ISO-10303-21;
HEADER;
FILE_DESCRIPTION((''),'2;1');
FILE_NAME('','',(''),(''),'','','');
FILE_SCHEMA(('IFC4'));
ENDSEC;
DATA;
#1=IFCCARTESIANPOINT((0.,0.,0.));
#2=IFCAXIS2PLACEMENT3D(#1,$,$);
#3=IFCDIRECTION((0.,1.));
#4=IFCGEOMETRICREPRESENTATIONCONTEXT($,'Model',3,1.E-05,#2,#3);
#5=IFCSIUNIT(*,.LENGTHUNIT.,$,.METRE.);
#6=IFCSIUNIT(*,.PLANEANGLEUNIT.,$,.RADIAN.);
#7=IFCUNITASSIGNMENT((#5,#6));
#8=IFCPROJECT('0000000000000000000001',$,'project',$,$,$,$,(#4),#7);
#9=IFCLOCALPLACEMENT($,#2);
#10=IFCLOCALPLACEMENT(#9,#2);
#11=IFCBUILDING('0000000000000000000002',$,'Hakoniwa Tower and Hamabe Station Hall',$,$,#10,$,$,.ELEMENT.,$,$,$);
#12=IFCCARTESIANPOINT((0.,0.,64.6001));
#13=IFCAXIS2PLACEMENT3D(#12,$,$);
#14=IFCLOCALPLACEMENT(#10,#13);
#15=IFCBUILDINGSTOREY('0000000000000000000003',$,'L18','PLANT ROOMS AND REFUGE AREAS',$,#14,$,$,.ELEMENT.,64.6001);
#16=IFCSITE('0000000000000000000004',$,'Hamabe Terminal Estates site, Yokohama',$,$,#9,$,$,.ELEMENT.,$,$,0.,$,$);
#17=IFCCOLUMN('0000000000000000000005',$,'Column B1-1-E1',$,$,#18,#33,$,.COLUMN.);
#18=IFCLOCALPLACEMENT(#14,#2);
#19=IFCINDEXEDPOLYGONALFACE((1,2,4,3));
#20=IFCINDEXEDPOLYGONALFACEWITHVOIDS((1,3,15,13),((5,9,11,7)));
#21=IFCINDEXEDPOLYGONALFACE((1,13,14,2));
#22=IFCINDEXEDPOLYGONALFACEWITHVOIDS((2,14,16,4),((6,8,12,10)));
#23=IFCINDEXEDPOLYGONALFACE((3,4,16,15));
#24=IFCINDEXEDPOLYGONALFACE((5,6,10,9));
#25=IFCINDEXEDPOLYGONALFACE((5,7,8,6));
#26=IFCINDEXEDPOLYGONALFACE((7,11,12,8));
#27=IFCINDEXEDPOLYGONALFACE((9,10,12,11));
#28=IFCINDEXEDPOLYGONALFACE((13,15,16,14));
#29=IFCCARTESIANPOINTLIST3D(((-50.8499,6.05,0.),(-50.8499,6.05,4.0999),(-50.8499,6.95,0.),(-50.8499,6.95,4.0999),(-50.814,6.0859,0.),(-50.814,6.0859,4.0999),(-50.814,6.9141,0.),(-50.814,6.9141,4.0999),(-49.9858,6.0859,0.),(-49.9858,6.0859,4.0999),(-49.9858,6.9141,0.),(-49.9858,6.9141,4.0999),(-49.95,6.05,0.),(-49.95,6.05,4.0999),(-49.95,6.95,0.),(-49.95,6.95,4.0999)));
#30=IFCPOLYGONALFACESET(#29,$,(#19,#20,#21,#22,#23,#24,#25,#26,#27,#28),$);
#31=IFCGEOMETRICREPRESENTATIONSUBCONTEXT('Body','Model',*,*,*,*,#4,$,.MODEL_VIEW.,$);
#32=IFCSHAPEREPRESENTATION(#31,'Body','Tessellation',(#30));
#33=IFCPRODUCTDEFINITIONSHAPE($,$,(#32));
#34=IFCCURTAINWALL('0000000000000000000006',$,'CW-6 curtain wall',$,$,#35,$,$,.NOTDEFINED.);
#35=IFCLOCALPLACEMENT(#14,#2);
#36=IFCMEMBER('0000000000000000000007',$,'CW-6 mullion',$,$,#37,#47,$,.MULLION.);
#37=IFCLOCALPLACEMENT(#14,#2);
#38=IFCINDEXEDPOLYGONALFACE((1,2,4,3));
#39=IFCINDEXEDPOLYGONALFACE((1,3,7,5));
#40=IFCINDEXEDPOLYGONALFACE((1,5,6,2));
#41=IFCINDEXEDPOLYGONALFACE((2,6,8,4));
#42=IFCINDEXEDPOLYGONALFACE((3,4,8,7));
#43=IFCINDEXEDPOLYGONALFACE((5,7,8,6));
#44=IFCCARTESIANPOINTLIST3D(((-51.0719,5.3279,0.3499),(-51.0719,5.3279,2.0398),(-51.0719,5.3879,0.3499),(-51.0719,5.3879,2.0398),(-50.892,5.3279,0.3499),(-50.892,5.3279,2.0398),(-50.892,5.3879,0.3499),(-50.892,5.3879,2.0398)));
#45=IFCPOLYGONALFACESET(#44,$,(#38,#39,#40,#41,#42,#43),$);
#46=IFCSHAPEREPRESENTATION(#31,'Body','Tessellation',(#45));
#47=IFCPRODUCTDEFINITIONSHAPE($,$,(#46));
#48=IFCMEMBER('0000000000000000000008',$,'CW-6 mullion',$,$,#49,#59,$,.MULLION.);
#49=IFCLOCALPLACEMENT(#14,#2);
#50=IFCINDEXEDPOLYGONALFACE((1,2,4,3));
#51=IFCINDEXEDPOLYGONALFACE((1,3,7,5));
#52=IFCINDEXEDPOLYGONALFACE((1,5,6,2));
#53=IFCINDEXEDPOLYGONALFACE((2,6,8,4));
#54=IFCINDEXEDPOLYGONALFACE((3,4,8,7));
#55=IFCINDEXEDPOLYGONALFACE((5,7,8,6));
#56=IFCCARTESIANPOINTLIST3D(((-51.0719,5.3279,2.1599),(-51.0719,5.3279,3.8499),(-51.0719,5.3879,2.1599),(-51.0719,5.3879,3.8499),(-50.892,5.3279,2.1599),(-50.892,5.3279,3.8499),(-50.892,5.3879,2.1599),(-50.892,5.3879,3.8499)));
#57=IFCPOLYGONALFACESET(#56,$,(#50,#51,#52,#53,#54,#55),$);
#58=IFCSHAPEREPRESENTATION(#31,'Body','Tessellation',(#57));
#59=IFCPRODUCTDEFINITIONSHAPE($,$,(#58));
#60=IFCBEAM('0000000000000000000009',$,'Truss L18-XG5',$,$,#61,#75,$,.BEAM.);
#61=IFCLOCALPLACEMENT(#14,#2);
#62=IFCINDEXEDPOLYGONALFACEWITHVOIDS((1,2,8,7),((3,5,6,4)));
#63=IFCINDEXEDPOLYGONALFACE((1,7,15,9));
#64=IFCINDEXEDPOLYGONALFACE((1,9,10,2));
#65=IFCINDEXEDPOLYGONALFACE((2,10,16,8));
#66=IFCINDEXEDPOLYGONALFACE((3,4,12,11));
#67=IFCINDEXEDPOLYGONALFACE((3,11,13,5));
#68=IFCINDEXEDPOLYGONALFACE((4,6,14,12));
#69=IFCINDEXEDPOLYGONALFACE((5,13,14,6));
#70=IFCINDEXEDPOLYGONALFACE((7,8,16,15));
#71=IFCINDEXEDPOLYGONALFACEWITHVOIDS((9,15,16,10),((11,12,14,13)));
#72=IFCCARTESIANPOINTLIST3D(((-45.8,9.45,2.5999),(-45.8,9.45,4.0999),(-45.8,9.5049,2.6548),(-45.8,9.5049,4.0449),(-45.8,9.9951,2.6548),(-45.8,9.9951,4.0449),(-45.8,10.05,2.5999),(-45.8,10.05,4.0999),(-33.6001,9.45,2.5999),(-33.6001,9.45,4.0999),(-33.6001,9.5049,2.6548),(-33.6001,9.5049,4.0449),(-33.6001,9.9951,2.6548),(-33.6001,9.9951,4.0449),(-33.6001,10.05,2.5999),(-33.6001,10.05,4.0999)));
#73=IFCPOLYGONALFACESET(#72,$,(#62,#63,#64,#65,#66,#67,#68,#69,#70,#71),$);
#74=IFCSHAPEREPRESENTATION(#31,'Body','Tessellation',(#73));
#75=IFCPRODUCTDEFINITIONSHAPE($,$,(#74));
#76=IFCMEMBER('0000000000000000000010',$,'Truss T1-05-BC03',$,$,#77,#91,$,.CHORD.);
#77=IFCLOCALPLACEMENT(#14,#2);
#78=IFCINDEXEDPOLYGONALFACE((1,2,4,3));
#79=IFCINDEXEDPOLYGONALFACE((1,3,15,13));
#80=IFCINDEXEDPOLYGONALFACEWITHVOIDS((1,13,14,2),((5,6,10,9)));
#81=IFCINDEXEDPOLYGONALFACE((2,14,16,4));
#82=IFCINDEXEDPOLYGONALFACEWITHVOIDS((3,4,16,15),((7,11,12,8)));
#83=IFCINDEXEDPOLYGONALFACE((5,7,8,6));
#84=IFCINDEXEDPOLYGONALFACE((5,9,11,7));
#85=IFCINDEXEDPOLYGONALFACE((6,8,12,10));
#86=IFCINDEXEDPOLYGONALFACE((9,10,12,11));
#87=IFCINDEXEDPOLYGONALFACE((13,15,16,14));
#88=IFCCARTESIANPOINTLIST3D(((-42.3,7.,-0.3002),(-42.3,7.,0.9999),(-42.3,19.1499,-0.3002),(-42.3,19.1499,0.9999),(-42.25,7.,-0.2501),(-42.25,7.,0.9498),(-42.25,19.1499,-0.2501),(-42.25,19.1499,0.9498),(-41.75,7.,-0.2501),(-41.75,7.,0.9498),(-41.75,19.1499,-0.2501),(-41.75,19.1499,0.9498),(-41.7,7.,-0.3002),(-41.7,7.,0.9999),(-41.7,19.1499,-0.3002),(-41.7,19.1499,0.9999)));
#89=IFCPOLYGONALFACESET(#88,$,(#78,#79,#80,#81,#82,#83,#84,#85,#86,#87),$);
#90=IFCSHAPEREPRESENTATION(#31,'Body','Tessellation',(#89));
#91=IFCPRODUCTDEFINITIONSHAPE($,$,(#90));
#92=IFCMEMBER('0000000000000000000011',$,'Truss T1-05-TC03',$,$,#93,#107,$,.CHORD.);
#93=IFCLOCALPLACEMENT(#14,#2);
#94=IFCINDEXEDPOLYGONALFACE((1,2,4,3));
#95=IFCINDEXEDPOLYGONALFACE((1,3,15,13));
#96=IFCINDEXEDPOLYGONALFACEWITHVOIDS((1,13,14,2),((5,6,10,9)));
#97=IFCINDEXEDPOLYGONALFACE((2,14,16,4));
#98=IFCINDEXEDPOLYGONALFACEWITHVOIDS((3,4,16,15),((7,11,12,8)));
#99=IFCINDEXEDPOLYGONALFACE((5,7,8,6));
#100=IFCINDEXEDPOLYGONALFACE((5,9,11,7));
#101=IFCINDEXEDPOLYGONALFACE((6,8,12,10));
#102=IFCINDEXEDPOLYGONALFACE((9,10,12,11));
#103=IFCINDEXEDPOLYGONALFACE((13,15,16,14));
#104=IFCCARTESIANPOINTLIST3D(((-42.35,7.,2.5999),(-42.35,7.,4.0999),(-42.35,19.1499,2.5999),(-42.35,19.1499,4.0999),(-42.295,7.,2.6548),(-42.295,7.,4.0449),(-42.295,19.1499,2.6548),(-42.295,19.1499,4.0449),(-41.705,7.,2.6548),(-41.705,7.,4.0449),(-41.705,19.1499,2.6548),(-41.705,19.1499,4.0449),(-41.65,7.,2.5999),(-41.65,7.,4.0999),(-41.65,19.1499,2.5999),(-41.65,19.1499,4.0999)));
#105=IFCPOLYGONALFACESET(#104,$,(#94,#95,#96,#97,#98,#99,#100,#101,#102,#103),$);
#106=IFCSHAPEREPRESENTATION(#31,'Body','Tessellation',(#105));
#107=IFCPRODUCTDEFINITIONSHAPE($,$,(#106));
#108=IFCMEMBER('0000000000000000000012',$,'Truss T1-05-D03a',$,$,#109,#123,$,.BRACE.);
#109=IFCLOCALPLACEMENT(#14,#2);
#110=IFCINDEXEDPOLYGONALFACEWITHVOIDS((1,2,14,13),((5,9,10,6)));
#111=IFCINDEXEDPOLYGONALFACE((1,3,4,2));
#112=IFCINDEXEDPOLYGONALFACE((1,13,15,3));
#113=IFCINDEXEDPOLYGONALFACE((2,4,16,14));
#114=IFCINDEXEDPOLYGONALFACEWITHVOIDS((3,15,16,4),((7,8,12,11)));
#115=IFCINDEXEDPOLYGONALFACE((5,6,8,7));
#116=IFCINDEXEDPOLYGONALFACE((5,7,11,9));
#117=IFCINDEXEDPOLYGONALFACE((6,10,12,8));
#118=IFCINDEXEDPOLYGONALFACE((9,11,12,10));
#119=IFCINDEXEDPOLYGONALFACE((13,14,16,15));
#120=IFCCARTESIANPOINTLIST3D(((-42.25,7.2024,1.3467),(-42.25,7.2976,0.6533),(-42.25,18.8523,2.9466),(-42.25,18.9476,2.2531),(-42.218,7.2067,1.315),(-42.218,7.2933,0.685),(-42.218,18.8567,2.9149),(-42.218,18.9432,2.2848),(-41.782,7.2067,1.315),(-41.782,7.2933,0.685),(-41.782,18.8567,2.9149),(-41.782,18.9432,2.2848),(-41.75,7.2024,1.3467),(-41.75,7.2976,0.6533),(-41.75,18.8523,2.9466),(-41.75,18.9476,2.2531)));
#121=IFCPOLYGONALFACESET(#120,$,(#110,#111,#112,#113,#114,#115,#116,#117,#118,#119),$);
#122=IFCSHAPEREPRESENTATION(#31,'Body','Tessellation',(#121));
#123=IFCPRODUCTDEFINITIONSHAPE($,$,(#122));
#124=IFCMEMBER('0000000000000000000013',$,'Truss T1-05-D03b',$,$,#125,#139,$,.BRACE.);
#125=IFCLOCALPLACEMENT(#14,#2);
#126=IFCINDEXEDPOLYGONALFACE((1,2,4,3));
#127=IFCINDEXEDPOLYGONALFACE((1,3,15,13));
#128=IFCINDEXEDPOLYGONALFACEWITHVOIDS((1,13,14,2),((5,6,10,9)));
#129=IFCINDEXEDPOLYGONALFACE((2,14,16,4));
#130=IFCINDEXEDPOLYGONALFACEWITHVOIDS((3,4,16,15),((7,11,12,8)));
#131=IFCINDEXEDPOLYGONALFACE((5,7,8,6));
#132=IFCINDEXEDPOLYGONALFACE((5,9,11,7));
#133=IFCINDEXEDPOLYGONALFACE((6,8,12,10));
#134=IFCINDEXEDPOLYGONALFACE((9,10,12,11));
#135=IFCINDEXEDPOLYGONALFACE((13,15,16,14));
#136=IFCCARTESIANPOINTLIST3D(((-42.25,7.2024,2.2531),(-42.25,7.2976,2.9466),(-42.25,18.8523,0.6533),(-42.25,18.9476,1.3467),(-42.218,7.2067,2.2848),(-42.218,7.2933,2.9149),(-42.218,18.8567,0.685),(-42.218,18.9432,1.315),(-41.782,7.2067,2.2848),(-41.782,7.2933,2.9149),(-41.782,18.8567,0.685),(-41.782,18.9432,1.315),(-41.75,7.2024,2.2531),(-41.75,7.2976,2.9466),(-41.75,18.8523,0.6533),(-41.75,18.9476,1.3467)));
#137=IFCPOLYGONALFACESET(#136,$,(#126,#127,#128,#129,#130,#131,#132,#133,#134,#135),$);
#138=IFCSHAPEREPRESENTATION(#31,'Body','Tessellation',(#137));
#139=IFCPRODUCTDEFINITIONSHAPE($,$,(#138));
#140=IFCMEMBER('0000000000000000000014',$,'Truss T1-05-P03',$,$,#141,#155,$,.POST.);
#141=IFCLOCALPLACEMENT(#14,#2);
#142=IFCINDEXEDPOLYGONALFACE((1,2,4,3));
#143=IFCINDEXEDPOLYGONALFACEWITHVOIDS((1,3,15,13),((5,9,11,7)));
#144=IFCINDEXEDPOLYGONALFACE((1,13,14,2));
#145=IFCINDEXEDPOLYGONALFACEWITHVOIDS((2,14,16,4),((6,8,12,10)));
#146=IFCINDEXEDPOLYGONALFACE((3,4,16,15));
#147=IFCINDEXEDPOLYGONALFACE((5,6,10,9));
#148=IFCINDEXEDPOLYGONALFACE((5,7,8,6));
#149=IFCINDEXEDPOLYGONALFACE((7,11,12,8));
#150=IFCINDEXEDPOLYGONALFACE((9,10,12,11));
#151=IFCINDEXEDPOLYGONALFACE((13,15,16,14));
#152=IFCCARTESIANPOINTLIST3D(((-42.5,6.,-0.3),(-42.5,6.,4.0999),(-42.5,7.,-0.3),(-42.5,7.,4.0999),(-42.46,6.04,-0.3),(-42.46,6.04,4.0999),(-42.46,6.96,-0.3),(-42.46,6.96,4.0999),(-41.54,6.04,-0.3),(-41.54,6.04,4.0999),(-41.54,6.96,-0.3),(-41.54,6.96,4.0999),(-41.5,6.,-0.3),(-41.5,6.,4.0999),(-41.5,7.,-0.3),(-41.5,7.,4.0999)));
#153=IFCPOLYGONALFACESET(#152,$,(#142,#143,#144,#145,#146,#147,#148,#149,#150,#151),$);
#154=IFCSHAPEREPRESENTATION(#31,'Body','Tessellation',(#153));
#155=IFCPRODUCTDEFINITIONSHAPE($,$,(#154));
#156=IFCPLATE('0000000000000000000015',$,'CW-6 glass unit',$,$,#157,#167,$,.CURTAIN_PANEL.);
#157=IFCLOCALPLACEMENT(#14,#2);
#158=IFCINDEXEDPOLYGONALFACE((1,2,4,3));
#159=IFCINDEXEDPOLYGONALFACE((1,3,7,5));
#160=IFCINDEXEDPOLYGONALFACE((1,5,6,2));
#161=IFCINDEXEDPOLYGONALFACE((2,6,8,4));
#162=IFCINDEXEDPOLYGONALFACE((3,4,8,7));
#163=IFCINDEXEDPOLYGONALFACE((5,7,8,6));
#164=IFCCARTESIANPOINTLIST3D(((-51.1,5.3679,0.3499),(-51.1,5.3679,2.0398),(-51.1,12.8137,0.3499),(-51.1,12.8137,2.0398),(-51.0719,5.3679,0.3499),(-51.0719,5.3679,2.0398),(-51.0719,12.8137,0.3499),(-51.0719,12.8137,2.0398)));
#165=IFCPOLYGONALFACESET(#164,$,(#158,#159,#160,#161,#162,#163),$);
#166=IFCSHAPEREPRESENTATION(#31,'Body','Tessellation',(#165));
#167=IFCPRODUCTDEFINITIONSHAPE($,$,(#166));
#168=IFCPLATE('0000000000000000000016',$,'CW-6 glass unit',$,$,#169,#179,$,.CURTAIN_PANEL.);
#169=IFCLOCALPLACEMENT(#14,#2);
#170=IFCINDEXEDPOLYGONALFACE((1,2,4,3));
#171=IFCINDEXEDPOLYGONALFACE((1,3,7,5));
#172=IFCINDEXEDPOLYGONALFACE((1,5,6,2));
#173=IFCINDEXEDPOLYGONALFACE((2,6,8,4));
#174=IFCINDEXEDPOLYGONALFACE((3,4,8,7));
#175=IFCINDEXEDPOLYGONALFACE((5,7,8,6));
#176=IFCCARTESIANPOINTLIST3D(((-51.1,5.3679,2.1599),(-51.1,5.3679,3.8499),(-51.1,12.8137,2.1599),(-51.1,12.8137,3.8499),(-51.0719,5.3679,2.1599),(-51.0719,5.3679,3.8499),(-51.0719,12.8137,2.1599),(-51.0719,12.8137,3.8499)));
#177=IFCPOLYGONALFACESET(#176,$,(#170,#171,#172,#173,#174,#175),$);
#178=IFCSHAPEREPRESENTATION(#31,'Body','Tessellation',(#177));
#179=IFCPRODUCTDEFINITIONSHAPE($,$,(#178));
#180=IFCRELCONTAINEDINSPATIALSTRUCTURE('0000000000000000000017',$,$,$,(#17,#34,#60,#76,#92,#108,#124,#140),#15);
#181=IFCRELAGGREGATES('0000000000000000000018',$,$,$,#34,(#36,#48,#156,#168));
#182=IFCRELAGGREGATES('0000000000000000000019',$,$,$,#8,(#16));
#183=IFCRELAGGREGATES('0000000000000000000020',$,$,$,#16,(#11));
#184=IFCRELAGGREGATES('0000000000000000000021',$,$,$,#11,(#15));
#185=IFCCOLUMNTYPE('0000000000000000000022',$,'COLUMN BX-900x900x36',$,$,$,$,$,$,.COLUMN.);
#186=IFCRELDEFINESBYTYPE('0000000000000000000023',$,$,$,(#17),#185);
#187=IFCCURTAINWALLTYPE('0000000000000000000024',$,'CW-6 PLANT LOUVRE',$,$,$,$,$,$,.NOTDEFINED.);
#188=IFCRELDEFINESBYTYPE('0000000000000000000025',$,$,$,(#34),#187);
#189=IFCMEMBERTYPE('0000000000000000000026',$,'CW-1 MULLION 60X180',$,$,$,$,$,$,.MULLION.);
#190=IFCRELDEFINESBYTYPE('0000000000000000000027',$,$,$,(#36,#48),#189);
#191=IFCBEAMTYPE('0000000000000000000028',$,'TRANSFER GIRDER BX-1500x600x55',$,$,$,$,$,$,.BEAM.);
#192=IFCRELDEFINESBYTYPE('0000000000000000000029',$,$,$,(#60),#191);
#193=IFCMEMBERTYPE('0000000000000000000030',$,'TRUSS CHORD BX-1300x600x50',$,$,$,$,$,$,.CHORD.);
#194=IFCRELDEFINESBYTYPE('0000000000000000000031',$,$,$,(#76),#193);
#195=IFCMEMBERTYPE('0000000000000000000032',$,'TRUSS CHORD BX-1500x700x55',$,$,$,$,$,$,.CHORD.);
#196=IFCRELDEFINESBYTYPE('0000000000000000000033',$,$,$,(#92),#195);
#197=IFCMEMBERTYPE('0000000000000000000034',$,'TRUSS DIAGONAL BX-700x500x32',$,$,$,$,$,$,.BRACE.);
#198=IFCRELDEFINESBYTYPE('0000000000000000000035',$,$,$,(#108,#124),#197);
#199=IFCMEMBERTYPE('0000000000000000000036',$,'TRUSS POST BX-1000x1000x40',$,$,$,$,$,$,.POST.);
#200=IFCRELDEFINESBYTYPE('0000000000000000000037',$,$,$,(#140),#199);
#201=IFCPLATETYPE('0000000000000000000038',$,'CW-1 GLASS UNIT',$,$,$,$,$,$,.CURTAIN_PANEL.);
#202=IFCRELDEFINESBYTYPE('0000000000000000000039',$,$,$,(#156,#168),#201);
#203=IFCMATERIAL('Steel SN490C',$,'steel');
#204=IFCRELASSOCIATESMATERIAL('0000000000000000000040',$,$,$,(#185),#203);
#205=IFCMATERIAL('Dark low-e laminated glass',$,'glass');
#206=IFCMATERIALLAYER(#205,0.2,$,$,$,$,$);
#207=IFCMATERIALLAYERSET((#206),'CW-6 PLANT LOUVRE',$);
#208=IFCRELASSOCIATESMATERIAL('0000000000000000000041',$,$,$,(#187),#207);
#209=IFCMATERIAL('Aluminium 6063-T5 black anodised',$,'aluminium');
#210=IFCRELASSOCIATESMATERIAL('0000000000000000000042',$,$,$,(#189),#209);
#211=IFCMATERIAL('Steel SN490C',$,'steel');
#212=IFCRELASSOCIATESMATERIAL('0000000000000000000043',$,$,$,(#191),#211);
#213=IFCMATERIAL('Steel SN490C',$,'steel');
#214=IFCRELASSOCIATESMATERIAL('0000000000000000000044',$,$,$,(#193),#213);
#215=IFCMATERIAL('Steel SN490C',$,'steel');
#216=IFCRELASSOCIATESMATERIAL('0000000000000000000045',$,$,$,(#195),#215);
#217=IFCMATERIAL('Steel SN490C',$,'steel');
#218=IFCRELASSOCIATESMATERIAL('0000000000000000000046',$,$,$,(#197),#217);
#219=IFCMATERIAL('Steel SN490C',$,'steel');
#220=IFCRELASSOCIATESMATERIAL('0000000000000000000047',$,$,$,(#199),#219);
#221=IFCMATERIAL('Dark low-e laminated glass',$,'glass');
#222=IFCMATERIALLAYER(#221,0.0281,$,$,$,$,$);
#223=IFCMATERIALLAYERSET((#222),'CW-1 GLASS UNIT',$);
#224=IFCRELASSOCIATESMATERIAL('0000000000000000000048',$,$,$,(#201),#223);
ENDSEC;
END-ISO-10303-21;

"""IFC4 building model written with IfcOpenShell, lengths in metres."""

from ifc_helpers import new_model, si_unit, direction, frame, origin, origin_2d, place, context, subcontext, project, spatial, rectangle, hollow_rectangle, extrude, material, layer, layer_set, material_profile, profile_set, type_object, element, aggregate, save


model = new_model("IFC4")

# Units and contexts
model_context = context("Model", 3, precision=1e-05, world=origin(), true_north=direction((0.0, 1.0)))
body_context = subcontext(model_context, "Body", "Model", "MODEL_VIEW")
ifc_project = project(units=[si_unit("LENGTHUNIT", "METRE"), si_unit("PLANEANGLEUNIT", "RADIAN")], contexts=[model_context])

# Site, building, storey
site_placement = place(None, origin())
site = spatial("IfcSite", under=ifc_project, at=site_placement, Name="Hamabe Terminal Estates site, Yokohama", CompositionType="ELEMENT", RefElevation=0.0)
building_placement = place(site_placement, origin())
building = spatial("IfcBuilding", under=site, at=building_placement, Name="Hakoniwa Tower and Hamabe Station Hall", CompositionType="ELEMENT")
storey_placement = place(building_placement, frame((0.0, 0.0, 64.6001)))
storey = spatial("IfcBuildingStorey", under=building, at=storey_placement, Name="L18", Description="PLANT ROOMS AND REFUGE AREAS", CompositionType="ELEMENT", Elevation=64.6001)

# Column
ifc_material_1 = material(Name="Steel SN490C", Category="steel")
ifc_material_profile_1 = material_profile(ifc_material_1, hollow_rectangle(XDim=0.8999, YDim=0.8999, WallThickness=0.0359, at=origin_2d()), Name="BX-900x900x36")
ifc_profile_set_1 = profile_set([ifc_material_profile_1], Name="Steel SN490C")
column_type = type_object("IfcColumnType", Name="COLUMN BX-900x900x36", PredefinedType="COLUMN", material=ifc_profile_set_1)
column_placement = place(storey_placement, frame((-50.3999, 6.5, 0.0), z_axis=(0.0, 0.0, 1.0), x_axis=(1.0, 0.0, 0.0)))
element("IfcColumn", 1, at=column_placement, inside=storey, type_object=column_type, Name="Column B1-1-E1", PredefinedType="COLUMN", context=body_context, shape_type="SweptSolid", body=[
    extrude(hollow_rectangle(XDim=0.8999, YDim=0.8999, WallThickness=0.0359, at=origin_2d()), origin(), (0.0, 0.0, 1.0), 4.0999),
])

# Curtain wall, members
ifc_material_2 = material(Name="Dark low-e laminated glass", Category="glass")
ifc_layer_1 = layer(ifc_material_2, 0.2)
ifc_layer_set_1 = layer_set([ifc_layer_1], Name="CW-6 PLANT LOUVRE")
curtain_wall_type = type_object("IfcCurtainWallType", Name="CW-6 PLANT LOUVRE", PredefinedType="NOTDEFINED", material=ifc_layer_set_1)
curtain_wall_placement = place(storey_placement, origin())
curtain_wall = element("IfcCurtainWall", 2, at=curtain_wall_placement, inside=storey, type_object=curtain_wall_type, Name="CW-6 curtain wall", PredefinedType="NOTDEFINED")
ifc_material_3 = material(Name="Aluminium 6063-T5 black anodised", Category="aluminium")
ifc_material_profile_2 = material_profile(ifc_material_3, rectangle(XDim=0.0601, YDim=0.1799, at=origin_2d()), Name="CW-1 MULLION 60X180")
ifc_profile_set_2 = profile_set([ifc_material_profile_2], Name="Aluminium 6063-T5 black anodised")
member_type_1 = type_object("IfcMemberType", Name="CW-1 MULLION 60X180", PredefinedType="MULLION", material=ifc_profile_set_2)
member_1_placement = place(storey_placement, frame((-50.9819, 5.3579, 0.3499), z_axis=(0.0, 0.0, 1.0), x_axis=(0.0, -1.0, 0.0)))
member_1 = element("IfcMember", 3, at=member_1_placement, type_object=member_type_1, Name="CW-6 mullion", PredefinedType="MULLION", context=body_context, shape_type="SweptSolid", body=[
    extrude(rectangle(XDim=0.0601, YDim=0.1799, at=origin_2d()), origin(), (0.0, 0.0, 1.0), 1.6899),
])
member_2_placement = place(storey_placement, frame((-50.9819, 5.3579, 2.1599), z_axis=(0.0, 0.0, 1.0), x_axis=(0.0, -1.0, 0.0)))
member_2 = element("IfcMember", 4, at=member_2_placement, type_object=member_type_1, Name="CW-6 mullion", PredefinedType="MULLION", context=body_context, shape_type="SweptSolid", body=[
    extrude(rectangle(XDim=0.0601, YDim=0.1799, at=origin_2d()), origin(), (0.0, 0.0, 1.0), 1.6899),
])

# Beam
ifc_material_4 = material(Name="Steel SN490C", Category="steel")
ifc_material_profile_3 = material_profile(ifc_material_4, hollow_rectangle(XDim=0.6001, YDim=1.5, WallThickness=0.0549, at=origin_2d()), Name="BX-1500x600x55")
ifc_profile_set_3 = profile_set([ifc_material_profile_3], Name="Steel SN490C")
beam_type = type_object("IfcBeamType", Name="TRANSFER GIRDER BX-1500x600x55", PredefinedType="BEAM", material=ifc_profile_set_3)
beam_placement = place(storey_placement, frame((-45.8, 9.75, 3.3499), z_axis=(1.0, 0.0, 0.0), x_axis=(0.0, 1.0, 0.0)))
element("IfcBeam", 5, at=beam_placement, inside=storey, type_object=beam_type, Name="Truss L18-XG5", PredefinedType="BEAM", context=body_context, shape_type="SweptSolid", body=[
    extrude(hollow_rectangle(XDim=0.6001, YDim=1.5, WallThickness=0.0549, at=origin_2d()), origin(), (0.0, 0.0, 1.0), 12.2),
])

# Members
ifc_material_5 = material(Name="Steel SN490C", Category="steel")
ifc_material_profile_4 = material_profile(ifc_material_5, hollow_rectangle(XDim=0.6001, YDim=1.3, WallThickness=0.05, at=origin_2d()), Name="BX-1300x600x50")
ifc_profile_set_4 = profile_set([ifc_material_profile_4], Name="Steel SN490C")
member_type_2 = type_object("IfcMemberType", Name="TRUSS CHORD BX-1300x600x50", PredefinedType="CHORD", material=ifc_profile_set_4)
member_3_placement = place(storey_placement, frame((-42.0, 7.0, 0.3499), z_axis=(0.0, 1.0, 0.0), x_axis=(-1.0, 0.0, 0.0)))
element("IfcMember", 6, at=member_3_placement, inside=storey, type_object=member_type_2, Name="Truss T1-05-BC03", PredefinedType="CHORD", context=body_context, shape_type="SweptSolid", body=[
    extrude(hollow_rectangle(XDim=0.6001, YDim=1.3, WallThickness=0.05, at=origin_2d()), origin(), (0.0, 0.0, 1.0), 12.1499),
])
ifc_material_6 = material(Name="Steel SN490C", Category="steel")
ifc_material_profile_5 = material_profile(ifc_material_6, hollow_rectangle(XDim=0.7, YDim=1.5, WallThickness=0.0549, at=origin_2d()), Name="BX-1500x700x55")
ifc_profile_set_5 = profile_set([ifc_material_profile_5], Name="Steel SN490C")
member_type_3 = type_object("IfcMemberType", Name="TRUSS CHORD BX-1500x700x55", PredefinedType="CHORD", material=ifc_profile_set_5)
member_4_placement = place(storey_placement, frame((-42.0, 7.0, 3.3499), z_axis=(0.0, 1.0, 0.0), x_axis=(-1.0, 0.0, 0.0)))
element("IfcMember", 7, at=member_4_placement, inside=storey, type_object=member_type_3, Name="Truss T1-05-TC03", PredefinedType="CHORD", context=body_context, shape_type="SweptSolid", body=[
    extrude(hollow_rectangle(XDim=0.7, YDim=1.5, WallThickness=0.0549, at=origin_2d()), origin(), (0.0, 0.0, 1.0), 12.1499),
])
ifc_material_7 = material(Name="Steel SN490C", Category="steel")
ifc_material_profile_6 = material_profile(ifc_material_7, hollow_rectangle(XDim=0.5, YDim=0.7, WallThickness=0.032, at=origin_2d()), Name="BX-700x500x32")
ifc_profile_set_6 = profile_set([ifc_material_profile_6], Name="Steel SN490C")
member_type_4 = type_object("IfcMemberType", Name="TRUSS DIAGONAL BX-700x500x32", PredefinedType="BRACE", material=ifc_profile_set_6)
for number, where, z_axis, x_axis, name in (
    (8, (-42.0, 7.25, 1.0), (0.0, 0.990702, 0.136051), (-1.0, 0.0, 0.0), "Truss T1-05-D03a"),
    (9, (-42.0, 7.25, 2.5999), (0.0, 0.990702, -0.136051), (-1.0, 0.0, 0.0), "Truss T1-05-D03b"),
):
    element("IfcMember", number, at=place(storey_placement, frame(where, z_axis=z_axis, x_axis=x_axis)), inside=storey, type_object=member_type_4, Name=name, PredefinedType="BRACE", context=body_context, shape_type="SweptSolid", body=[
        extrude(hollow_rectangle(XDim=0.5, YDim=0.7, WallThickness=0.032, at=origin_2d()), origin(), (0.0, 0.0, 1.0), 11.7593),
    ])
ifc_material_8 = material(Name="Steel SN490C", Category="steel")
ifc_material_profile_7 = material_profile(ifc_material_8, hollow_rectangle(XDim=1.0, YDim=1.0, WallThickness=0.04, at=origin_2d()), Name="BX-1000x1000x40")
ifc_profile_set_7 = profile_set([ifc_material_profile_7], Name="Steel SN490C")
member_type_5 = type_object("IfcMemberType", Name="TRUSS POST BX-1000x1000x40", PredefinedType="POST", material=ifc_profile_set_7)
member_5_placement = place(storey_placement, frame((-42.0, 6.5, -0.3), z_axis=(0.0, 0.0, 1.0), x_axis=(1.0, 0.0, 0.0)))
element("IfcMember", 10, at=member_5_placement, inside=storey, type_object=member_type_5, Name="Truss T1-05-P03", PredefinedType="POST", context=body_context, shape_type="SweptSolid", body=[
    extrude(hollow_rectangle(XDim=1.0, YDim=1.0, WallThickness=0.04, at=origin_2d()), origin(), (0.0, 0.0, 1.0), 4.3999),
])

# Plates
ifc_material_9 = material(Name="Dark low-e laminated glass", Category="glass")
ifc_layer_2 = layer(ifc_material_9, 0.0281)
ifc_layer_set_2 = layer_set([ifc_layer_2], Name="CW-1 GLASS UNIT")
plate_type = type_object("IfcPlateType", Name="CW-1 GLASS UNIT", PredefinedType="CURTAIN_PANEL", material=ifc_layer_set_2)
plate_1_placement = place(storey_placement, frame((-51.0859, 9.0908, 0.3499), z_axis=(0.0, 0.0, 1.0), x_axis=(0.0, -1.0, 0.0)))
plate_1 = element("IfcPlate", 11, at=plate_1_placement, type_object=plate_type, Name="CW-6 glass unit", PredefinedType="CURTAIN_PANEL", context=body_context, shape_type="SweptSolid", body=[
    extrude(rectangle(XDim=7.4458, YDim=0.0281, at=origin_2d()), origin(), (0.0, 0.0, 1.0), 1.6899),
])
plate_2_placement = place(storey_placement, frame((-51.0859, 9.0908, 2.1599), z_axis=(0.0, 0.0, 1.0), x_axis=(0.0, -1.0, 0.0)))
plate_2 = element("IfcPlate", 12, at=plate_2_placement, type_object=plate_type, Name="CW-6 glass unit", PredefinedType="CURTAIN_PANEL", context=body_context, shape_type="SweptSolid", body=[
    extrude(rectangle(XDim=7.4458, YDim=0.0281, at=origin_2d()), origin(), (0.0, 0.0, 1.0), 1.6899),
])

aggregate(curtain_wall, [member_1, member_2, plate_1, plate_2])

save(model, "model.ifc")
